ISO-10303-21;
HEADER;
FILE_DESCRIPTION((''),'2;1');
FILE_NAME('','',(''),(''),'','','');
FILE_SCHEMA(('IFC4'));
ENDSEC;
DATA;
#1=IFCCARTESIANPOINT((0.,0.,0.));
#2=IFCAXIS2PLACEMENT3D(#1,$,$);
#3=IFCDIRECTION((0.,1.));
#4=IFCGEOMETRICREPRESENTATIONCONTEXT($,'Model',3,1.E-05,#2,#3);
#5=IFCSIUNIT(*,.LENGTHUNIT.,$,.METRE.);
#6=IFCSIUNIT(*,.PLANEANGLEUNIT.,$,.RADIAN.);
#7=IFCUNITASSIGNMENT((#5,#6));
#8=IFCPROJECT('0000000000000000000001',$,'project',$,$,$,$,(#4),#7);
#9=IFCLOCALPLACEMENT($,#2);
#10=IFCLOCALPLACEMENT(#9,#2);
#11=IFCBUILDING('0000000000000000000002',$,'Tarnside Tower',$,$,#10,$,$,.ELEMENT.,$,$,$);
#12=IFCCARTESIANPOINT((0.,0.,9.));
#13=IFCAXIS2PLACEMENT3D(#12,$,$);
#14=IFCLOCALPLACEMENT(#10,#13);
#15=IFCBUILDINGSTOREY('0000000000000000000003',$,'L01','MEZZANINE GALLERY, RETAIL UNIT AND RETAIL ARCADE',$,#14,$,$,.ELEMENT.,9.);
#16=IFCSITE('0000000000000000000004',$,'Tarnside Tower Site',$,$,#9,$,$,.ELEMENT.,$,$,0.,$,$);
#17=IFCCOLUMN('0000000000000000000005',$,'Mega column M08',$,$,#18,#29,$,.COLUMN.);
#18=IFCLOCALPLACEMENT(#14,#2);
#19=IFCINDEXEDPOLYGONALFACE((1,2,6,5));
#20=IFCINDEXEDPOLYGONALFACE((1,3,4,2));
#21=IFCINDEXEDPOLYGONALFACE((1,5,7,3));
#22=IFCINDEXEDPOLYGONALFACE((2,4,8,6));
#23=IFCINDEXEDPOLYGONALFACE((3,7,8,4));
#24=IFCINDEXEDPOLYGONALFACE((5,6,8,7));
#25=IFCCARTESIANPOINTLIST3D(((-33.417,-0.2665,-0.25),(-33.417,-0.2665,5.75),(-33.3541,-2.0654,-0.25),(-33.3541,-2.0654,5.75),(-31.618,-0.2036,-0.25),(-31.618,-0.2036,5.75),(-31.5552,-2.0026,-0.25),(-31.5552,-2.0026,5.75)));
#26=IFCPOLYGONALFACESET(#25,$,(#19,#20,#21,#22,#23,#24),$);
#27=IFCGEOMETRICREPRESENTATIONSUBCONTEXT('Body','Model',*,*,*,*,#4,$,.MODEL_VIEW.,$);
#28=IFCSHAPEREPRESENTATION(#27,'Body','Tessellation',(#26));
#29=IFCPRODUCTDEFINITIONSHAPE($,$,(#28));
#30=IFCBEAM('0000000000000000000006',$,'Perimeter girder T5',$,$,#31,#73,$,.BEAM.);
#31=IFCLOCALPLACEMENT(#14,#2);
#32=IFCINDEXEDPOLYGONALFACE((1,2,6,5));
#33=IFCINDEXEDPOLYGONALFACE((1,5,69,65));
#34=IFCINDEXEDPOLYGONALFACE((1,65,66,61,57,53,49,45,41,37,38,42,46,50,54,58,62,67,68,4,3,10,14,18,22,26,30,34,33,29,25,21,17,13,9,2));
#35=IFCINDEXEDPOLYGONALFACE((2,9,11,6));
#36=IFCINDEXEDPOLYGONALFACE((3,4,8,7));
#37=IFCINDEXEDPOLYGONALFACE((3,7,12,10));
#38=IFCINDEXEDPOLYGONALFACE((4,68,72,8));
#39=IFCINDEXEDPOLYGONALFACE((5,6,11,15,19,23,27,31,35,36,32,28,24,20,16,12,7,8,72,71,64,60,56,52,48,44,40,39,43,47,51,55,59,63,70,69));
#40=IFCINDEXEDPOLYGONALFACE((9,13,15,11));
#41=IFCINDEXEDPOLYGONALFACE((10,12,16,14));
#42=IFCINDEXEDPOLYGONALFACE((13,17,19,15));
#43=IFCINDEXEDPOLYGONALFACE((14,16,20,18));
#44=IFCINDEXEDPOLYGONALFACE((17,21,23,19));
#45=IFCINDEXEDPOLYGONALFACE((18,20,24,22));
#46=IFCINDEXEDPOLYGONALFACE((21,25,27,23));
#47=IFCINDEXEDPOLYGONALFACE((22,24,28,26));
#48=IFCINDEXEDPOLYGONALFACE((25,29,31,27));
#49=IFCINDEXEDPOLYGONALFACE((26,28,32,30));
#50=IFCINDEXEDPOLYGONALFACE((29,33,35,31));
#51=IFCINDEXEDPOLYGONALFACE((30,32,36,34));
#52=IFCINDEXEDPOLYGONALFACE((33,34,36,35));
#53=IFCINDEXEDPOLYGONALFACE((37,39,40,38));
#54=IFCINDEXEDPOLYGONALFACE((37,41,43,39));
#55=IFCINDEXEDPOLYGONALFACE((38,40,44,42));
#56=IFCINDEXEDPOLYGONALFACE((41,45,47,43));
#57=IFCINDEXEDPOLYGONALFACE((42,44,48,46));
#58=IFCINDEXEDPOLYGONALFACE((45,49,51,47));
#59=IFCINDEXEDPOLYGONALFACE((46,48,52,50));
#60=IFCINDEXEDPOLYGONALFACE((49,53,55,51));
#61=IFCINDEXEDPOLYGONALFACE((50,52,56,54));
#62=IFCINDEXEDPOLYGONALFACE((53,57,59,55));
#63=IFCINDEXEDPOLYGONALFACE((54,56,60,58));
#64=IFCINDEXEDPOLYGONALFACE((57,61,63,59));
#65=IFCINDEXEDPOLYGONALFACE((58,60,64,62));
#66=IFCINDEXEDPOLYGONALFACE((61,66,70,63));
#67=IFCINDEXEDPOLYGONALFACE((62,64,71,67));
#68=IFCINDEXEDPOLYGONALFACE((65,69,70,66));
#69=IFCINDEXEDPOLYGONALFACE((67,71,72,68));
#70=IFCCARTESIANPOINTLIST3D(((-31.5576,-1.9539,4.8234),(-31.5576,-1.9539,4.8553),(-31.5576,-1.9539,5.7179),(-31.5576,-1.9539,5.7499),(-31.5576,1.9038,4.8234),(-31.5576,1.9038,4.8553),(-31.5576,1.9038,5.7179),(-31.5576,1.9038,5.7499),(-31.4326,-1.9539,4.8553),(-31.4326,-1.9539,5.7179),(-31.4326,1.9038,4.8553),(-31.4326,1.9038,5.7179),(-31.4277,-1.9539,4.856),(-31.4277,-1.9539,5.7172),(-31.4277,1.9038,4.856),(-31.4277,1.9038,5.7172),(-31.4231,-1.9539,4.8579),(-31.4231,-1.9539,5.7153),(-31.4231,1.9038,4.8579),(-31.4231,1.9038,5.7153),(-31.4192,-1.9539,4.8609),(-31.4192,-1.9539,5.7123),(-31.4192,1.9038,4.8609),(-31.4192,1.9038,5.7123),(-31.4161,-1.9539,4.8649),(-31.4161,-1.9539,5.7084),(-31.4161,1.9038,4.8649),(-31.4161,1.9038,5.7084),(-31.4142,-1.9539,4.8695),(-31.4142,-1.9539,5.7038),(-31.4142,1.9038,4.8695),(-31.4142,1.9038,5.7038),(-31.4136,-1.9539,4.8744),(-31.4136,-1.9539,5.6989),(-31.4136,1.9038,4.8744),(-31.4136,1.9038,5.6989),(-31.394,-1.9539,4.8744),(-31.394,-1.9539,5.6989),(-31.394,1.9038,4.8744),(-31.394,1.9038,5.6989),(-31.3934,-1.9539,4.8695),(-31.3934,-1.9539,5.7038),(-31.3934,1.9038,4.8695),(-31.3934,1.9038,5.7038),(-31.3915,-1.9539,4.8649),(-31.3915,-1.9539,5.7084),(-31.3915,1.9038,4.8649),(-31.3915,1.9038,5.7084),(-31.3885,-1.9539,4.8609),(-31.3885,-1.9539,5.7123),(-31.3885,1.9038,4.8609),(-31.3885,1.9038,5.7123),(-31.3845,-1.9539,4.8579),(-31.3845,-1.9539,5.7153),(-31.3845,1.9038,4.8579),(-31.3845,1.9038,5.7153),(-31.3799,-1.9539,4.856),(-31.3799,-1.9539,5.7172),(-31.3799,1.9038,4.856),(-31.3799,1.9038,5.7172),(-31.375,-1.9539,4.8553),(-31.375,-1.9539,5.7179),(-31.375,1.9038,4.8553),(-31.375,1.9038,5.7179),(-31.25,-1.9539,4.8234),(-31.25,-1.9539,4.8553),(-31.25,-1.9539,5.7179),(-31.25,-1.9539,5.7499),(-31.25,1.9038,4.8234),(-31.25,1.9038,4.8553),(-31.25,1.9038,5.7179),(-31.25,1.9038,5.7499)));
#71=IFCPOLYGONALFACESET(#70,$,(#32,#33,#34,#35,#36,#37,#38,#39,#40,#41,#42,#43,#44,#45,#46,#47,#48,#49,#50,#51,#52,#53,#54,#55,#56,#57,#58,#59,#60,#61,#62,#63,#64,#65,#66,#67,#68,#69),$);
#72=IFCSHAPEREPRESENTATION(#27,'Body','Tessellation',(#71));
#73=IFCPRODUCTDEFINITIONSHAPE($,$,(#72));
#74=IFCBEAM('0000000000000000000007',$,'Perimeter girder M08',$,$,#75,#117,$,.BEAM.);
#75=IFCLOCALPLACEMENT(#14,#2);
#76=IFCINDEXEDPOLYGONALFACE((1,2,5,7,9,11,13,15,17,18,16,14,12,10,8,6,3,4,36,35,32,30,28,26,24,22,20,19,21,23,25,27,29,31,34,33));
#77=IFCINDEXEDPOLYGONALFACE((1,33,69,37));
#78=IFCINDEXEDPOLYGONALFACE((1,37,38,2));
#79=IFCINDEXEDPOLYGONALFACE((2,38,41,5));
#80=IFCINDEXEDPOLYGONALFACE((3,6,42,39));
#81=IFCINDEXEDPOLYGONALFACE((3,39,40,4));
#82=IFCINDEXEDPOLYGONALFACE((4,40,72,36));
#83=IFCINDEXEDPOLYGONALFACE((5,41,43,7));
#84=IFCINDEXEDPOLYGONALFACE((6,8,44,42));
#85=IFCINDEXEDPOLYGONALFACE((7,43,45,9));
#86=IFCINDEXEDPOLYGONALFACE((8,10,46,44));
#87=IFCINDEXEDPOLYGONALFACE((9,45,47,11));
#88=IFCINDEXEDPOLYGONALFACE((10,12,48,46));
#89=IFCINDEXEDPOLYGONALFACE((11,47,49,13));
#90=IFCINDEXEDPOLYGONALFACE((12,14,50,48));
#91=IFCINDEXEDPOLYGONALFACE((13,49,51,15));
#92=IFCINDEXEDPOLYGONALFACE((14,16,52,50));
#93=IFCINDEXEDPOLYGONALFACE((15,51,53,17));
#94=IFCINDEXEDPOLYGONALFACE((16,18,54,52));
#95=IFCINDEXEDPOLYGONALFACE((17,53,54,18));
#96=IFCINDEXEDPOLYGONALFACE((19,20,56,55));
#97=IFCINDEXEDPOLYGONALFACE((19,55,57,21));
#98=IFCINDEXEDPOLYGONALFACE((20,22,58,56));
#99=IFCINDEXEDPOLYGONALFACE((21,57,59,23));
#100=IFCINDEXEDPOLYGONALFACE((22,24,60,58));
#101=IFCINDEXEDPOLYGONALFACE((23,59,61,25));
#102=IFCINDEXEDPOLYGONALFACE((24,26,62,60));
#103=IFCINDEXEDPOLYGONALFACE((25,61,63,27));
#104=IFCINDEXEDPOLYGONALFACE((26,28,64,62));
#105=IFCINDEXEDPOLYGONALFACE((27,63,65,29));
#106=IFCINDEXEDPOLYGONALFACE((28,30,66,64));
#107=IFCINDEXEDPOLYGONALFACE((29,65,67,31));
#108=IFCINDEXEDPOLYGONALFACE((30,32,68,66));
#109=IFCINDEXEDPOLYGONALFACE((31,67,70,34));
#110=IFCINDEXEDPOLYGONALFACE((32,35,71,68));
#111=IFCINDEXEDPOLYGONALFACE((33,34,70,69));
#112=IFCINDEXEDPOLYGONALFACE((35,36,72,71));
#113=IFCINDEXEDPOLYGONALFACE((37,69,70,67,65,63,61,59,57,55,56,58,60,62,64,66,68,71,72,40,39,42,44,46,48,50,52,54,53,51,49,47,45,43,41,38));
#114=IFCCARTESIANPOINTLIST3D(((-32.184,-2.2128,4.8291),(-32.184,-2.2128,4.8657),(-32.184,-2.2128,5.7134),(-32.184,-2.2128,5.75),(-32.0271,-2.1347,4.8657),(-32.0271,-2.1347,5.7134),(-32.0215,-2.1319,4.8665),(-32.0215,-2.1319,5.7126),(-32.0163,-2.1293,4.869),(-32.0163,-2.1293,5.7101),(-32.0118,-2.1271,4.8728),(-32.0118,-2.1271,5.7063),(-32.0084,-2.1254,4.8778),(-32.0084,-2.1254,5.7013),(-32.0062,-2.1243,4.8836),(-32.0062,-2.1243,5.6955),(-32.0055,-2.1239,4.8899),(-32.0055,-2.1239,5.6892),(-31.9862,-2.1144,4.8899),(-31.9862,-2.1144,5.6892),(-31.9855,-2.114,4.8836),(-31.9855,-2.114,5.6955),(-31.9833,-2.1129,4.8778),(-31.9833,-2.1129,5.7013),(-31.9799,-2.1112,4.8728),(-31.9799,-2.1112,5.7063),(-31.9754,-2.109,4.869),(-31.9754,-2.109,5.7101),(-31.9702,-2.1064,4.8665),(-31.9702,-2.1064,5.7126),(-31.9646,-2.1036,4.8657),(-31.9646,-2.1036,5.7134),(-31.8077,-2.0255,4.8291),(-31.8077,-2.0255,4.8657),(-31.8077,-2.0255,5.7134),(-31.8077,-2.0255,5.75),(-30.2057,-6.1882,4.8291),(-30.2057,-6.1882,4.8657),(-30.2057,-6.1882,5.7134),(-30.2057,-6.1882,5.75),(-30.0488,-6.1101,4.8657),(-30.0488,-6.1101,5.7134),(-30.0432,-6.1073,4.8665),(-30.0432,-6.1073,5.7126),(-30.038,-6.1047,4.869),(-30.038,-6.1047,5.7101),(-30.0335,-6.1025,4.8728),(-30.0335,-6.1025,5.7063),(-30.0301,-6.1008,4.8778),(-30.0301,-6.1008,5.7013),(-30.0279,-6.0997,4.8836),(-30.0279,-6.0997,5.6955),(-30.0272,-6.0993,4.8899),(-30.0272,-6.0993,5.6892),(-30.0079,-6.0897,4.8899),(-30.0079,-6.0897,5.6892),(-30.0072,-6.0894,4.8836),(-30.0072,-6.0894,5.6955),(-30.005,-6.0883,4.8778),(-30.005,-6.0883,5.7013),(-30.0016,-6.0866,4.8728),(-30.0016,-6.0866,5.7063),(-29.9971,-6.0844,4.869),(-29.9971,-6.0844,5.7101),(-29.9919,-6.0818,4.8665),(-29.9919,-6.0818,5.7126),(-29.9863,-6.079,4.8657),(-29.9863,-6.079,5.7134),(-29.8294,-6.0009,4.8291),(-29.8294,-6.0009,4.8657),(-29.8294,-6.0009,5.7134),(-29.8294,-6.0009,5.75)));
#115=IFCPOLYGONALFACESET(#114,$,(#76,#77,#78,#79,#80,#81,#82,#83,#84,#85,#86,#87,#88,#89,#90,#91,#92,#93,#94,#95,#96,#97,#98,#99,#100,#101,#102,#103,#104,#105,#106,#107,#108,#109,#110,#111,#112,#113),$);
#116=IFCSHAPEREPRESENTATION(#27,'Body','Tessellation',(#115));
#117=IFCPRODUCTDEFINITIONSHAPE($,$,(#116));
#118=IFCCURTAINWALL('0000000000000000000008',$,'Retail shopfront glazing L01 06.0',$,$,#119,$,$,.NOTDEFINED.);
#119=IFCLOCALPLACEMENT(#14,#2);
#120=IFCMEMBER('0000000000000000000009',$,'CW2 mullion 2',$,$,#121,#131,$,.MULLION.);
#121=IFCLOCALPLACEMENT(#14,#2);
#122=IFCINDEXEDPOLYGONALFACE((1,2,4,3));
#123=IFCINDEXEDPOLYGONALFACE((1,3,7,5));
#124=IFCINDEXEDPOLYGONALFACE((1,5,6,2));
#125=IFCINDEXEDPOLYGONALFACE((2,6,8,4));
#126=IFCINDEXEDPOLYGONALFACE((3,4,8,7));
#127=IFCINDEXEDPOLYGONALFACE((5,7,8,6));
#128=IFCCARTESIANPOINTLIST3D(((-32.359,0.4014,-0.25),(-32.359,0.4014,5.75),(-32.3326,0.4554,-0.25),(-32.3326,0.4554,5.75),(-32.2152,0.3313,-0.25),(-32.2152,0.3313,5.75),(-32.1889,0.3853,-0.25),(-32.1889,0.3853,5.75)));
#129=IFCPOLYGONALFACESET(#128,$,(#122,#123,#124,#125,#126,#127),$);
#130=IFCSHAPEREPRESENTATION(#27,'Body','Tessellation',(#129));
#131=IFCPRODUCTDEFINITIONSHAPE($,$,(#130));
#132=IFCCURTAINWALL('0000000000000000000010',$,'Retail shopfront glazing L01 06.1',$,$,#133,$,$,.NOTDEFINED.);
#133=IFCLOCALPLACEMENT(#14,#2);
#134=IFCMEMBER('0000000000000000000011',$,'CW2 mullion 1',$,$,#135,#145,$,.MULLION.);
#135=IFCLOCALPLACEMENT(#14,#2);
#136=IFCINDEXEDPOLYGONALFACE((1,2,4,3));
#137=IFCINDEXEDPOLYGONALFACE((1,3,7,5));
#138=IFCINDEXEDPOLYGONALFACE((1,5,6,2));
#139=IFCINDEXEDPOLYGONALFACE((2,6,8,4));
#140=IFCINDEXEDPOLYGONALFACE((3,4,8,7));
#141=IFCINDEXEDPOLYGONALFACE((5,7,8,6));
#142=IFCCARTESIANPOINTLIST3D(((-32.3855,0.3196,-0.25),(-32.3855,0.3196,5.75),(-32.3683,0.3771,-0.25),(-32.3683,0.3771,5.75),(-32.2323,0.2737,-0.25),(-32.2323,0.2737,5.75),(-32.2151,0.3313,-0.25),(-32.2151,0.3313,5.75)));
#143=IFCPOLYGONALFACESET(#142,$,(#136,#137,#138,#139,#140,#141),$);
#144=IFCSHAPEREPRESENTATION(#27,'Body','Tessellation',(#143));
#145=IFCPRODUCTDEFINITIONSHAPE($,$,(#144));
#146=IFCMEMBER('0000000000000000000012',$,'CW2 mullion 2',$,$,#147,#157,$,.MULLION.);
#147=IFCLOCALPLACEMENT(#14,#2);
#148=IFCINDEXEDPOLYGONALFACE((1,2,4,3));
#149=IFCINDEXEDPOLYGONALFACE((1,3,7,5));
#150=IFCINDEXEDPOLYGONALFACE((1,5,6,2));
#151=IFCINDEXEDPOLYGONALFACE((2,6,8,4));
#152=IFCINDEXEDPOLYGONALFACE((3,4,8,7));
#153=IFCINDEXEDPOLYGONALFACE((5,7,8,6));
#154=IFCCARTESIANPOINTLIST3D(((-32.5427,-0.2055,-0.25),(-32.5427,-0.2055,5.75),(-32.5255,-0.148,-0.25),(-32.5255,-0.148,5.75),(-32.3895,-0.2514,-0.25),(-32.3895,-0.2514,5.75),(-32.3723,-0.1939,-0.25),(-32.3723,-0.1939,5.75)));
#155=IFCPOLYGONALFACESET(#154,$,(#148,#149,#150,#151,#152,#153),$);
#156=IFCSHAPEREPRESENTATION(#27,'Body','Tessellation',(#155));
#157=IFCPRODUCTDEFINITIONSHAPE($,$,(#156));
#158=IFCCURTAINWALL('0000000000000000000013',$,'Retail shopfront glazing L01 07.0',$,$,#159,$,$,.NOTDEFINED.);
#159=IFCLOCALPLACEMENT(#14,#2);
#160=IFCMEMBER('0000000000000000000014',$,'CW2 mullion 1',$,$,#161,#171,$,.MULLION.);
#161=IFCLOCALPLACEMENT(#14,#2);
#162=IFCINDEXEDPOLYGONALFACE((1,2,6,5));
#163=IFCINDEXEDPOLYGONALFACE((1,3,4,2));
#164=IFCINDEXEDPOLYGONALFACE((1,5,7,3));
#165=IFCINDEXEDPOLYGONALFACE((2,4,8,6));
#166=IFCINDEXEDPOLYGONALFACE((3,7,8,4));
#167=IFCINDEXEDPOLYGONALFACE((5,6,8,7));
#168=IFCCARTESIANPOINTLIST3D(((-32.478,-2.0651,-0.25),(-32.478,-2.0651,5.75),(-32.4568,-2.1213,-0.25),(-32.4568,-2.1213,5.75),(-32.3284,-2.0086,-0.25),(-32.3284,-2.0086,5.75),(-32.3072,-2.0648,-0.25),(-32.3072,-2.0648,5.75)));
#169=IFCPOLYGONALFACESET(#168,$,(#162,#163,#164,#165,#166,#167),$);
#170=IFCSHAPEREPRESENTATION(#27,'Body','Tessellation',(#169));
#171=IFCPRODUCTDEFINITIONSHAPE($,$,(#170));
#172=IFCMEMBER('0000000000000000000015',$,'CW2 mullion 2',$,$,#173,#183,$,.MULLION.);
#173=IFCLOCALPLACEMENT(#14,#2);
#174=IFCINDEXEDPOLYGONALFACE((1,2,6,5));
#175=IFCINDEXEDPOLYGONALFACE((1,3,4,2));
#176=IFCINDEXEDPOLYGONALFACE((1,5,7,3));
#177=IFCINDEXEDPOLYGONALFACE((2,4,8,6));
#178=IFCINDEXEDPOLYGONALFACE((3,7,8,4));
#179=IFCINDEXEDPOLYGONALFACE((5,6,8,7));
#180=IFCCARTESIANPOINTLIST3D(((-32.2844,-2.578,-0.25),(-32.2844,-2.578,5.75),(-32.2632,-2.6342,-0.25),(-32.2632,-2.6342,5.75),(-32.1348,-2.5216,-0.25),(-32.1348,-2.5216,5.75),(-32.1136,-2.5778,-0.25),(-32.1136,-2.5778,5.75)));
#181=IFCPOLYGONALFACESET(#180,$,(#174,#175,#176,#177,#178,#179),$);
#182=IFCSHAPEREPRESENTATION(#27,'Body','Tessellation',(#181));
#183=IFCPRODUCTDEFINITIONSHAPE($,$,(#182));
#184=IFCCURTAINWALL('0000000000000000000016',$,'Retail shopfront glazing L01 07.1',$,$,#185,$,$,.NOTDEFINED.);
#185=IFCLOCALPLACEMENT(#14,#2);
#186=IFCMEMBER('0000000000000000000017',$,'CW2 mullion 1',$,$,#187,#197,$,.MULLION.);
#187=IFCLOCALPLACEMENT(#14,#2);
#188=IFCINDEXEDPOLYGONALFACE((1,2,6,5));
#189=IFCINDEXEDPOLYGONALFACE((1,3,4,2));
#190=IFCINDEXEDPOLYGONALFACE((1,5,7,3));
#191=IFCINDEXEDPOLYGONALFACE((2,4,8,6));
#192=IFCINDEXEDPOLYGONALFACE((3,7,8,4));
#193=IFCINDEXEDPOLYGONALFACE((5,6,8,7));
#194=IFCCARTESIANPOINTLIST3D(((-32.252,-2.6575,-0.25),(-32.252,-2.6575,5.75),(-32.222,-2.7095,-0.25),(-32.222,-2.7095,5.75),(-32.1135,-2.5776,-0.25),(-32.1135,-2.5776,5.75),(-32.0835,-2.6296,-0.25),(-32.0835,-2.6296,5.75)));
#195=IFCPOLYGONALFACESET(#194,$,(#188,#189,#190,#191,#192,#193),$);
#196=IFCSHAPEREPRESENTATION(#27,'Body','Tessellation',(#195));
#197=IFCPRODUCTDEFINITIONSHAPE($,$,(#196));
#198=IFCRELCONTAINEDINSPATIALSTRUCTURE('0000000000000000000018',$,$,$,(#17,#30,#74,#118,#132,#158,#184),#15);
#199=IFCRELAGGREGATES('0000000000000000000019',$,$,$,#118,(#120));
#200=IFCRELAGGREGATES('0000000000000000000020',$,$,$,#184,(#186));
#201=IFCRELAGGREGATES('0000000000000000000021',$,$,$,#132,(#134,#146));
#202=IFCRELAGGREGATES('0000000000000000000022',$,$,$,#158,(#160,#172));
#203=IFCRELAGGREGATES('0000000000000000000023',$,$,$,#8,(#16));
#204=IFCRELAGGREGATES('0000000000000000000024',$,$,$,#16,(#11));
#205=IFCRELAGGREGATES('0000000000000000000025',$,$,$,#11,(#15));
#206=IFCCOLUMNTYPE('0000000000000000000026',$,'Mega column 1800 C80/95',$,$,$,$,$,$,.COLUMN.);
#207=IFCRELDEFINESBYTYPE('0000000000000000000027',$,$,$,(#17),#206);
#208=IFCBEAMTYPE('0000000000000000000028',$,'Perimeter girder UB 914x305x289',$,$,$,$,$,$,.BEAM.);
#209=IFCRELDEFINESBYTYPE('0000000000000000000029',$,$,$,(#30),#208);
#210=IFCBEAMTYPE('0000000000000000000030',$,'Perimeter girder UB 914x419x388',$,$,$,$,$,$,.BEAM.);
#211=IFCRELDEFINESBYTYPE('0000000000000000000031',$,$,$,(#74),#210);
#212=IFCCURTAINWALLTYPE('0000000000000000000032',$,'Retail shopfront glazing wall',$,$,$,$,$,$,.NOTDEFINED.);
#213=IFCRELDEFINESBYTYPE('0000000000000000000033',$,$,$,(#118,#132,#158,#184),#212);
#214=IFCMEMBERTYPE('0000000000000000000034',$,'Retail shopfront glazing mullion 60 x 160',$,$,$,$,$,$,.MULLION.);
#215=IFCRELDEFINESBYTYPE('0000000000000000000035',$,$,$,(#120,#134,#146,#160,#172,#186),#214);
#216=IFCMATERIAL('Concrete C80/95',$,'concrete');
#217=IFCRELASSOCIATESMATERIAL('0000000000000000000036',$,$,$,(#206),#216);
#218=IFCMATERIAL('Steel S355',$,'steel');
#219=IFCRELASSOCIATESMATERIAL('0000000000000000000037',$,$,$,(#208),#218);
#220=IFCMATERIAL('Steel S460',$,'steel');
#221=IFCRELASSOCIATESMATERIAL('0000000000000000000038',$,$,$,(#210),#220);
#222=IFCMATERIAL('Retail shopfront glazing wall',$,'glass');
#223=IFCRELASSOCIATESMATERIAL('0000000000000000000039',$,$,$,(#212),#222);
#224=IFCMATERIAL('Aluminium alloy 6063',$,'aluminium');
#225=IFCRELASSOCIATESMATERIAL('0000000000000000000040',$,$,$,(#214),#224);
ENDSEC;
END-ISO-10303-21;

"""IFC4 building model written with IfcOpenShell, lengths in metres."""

from ifc_helpers import new_model, si_unit, direction, frame, origin, origin_2d, place, context, subcontext, project, spatial, rectangle, i_section, extrude, material, material_profile, profile_set, type_object, element, aggregate, save


model = new_model("IFC4")

# Units and contexts
model_context = context("Model", 3, precision=1e-05, world=origin(), true_north=direction((0.0, 1.0)))
body_context = subcontext(model_context, "Body", "Model", "MODEL_VIEW")
ifc_project = project(units=[si_unit("LENGTHUNIT", "METRE"), si_unit("PLANEANGLEUNIT", "RADIAN")], contexts=[model_context])

# Site, building, storey
site_placement = place(None, origin())
site = spatial("IfcSite", under=ifc_project, at=site_placement, Name="Tarnside Tower Site", CompositionType="ELEMENT", RefElevation=0.0)
building_placement = place(site_placement, origin())
building = spatial("IfcBuilding", under=site, at=building_placement, Name="Tarnside Tower", CompositionType="ELEMENT")
storey_placement = place(building_placement, frame((0.0, 0.0, 9.0)))
storey = spatial("IfcBuildingStorey", under=building, at=storey_placement, Name="L01", Description="MEZZANINE GALLERY, RETAIL UNIT AND RETAIL ARCADE", CompositionType="ELEMENT", Elevation=9.0)

# Column
ifc_material_1 = material(Name="Concrete C80/95", Category="concrete")
ifc_material_profile_1 = material_profile(ifc_material_1, rectangle(XDim=1.8, YDim=1.8, at=origin_2d()), Name="Mega column 1800x1800")
ifc_profile_set_1 = profile_set([ifc_material_profile_1], Name="Concrete C80/95")
column_type = type_object("IfcColumnType", Name="Mega column 1800 C80/95", PredefinedType="COLUMN", material=ifc_profile_set_1)
column_placement = place(storey_placement, frame((-32.4861, -1.1345, -0.25), z_axis=(0.0, 0.0, 1.0), x_axis=(-0.034899, 0.999391, 0.0)))
element("IfcColumn", 1, at=column_placement, inside=storey, type_object=column_type, Name="Mega column M08", PredefinedType="COLUMN", context=body_context, shape_type="SweptSolid", body=[
    extrude(rectangle(XDim=1.8, YDim=1.8, at=origin_2d()), origin(), (0.0, 0.0, 1.0), 6.0),
])

# Beams
ifc_material_2 = material(Name="Steel S355", Category="steel")
ifc_material_profile_2 = material_profile(ifc_material_2, i_section(OverallWidth=0.3076, OverallDepth=0.9265, WebThickness=0.0195, FlangeThickness=0.032, FilletRadius=0.019, at=origin_2d()), Name="UB 914x305x289")
ifc_profile_set_2 = profile_set([ifc_material_profile_2], Name="Steel S355")
beam_type_1 = type_object("IfcBeamType", Name="Perimeter girder UB 914x305x289", PredefinedType="BEAM", material=ifc_profile_set_2)
beam_1_placement = place(storey_placement, frame((-31.4038, -1.9539, 5.2866), z_axis=(0.0, 1.0, 0.0), x_axis=(-1.0, 0.0, 0.0)))
element("IfcBeam", 2, at=beam_1_placement, inside=storey, type_object=beam_type_1, Name="Perimeter girder T5", PredefinedType="BEAM", context=body_context, shape_type="SweptSolid", body=[
    extrude(i_section(OverallWidth=0.3076, OverallDepth=0.9265, WebThickness=0.0195, FlangeThickness=0.032, FilletRadius=0.019, at=origin_2d()), origin(), (0.0, 0.0, 1.0), 3.8577),
])
ifc_material_3 = material(Name="Steel S460", Category="steel")
ifc_material_profile_3 = material_profile(ifc_material_3, i_section(OverallWidth=0.4204, OverallDepth=0.9209, WebThickness=0.0215, FlangeThickness=0.0366, FilletRadius=0.0242, at=origin_2d()), Name="UB 914x419x388")
ifc_profile_set_3 = profile_set([ifc_material_profile_3], Name="Steel S460")
beam_type_2 = type_object("IfcBeamType", Name="Perimeter girder UB 914x419x388", PredefinedType="BEAM", material=ifc_profile_set_3)
beam_2_placement = place(storey_placement, frame((-31.9958, -2.1191, 5.2896), z_axis=(0.445519, -0.895272, 0.0), x_axis=(0.895272, 0.445519, 0.0)))
element("IfcBeam", 3, at=beam_2_placement, inside=storey, type_object=beam_type_2, Name="Perimeter girder M08", PredefinedType="BEAM", context=body_context, shape_type="SweptSolid", body=[
    extrude(i_section(OverallWidth=0.4204, OverallDepth=0.9209, WebThickness=0.0215, FlangeThickness=0.0366, FilletRadius=0.0242, at=origin_2d()), origin(), (0.0, 0.0, 1.0), 4.4404),
])

# Curtain wall, member
ifc_material_4 = material(Name="Retail shopfront glazing wall", Category="glass")
curtain_wall_type = type_object("IfcCurtainWallType", Name="Retail shopfront glazing wall", PredefinedType="NOTDEFINED", material=ifc_material_4)
curtain_wall_1_placement = place(storey_placement, origin())
curtain_wall_1 = element("IfcCurtainWall", 4, at=curtain_wall_1_placement, inside=storey, type_object=curtain_wall_type, Name="Retail shopfront glazing L01 06.0", PredefinedType="NOTDEFINED")
ifc_material_5 = material(Name="Aluminium alloy 6063", Category="aluminium")
ifc_material_profile_4 = material_profile(ifc_material_5, rectangle(XDim=0.1599, YDim=0.0601, at=origin_2d()), Name="Retail shopfront glazing mullion 60 x 160")
ifc_profile_set_4 = profile_set([ifc_material_profile_4], Name="Aluminium alloy 6063")
member_type_1 = type_object("IfcMemberType", Name="Retail shopfront glazing mullion 60 x 160", PredefinedType="MULLION", material=ifc_profile_set_4)
member_1_placement = place(storey_placement, frame((-32.2739, 0.3933, -0.25), z_axis=(0.0, 0.0, 1.0), x_axis=(0.898794, -0.438371, 0.0)))
member_1 = element("IfcMember", 5, at=member_1_placement, type_object=member_type_1, Name="CW2 mullion 2", PredefinedType="MULLION", context=body_context, shape_type="SweptSolid", body=[
    extrude(rectangle(XDim=0.1599, YDim=0.0601, at=origin_2d()), origin(), (0.0, 0.0, 1.0), 6.0),
])
aggregate(curtain_wall_1, [member_1])

# Curtain walls, members
curtain_wall_2_placement = place(storey_placement, origin())
curtain_wall_2 = element("IfcCurtainWall", 6, at=curtain_wall_2_placement, inside=storey, type_object=curtain_wall_type, Name="Retail shopfront glazing L01 06.1", PredefinedType="NOTDEFINED")
member_2_placement = place(storey_placement, frame((-32.3003, 0.3254, -0.25), z_axis=(0.0, 0.0, 1.0), x_axis=(0.95799, -0.286803, 0.0)))
member_2 = element("IfcMember", 7, at=member_2_placement, type_object=member_type_1, Name="CW2 mullion 1", PredefinedType="MULLION", context=body_context, shape_type="SweptSolid", body=[
    extrude(rectangle(XDim=0.1599, YDim=0.0601, at=origin_2d()), origin(), (0.0, 0.0, 1.0), 6.0),
])
member_3_placement = place(storey_placement, frame((-32.4575, -0.1997, -0.25), z_axis=(0.0, 0.0, 1.0), x_axis=(0.95799, -0.286803, 0.0)))
member_3 = element("IfcMember", 8, at=member_3_placement, type_object=member_type_1, Name="CW2 mullion 2", PredefinedType="MULLION", context=body_context, shape_type="SweptSolid", body=[
    extrude(rectangle(XDim=0.1599, YDim=0.0601, at=origin_2d()), origin(), (0.0, 0.0, 1.0), 6.0),
])
curtain_wall_3_placement = place(storey_placement, origin())
curtain_wall_3 = element("IfcCurtainWall", 9, at=curtain_wall_3_placement, inside=storey, type_object=curtain_wall_type, Name="Retail shopfront glazing L01 07.0", PredefinedType="NOTDEFINED")
member_4_placement = place(storey_placement, frame((-32.3926, -2.0649, -0.25), z_axis=(0.0, 0.0, 1.0), x_axis=(0.93565, 0.352931, 0.0)))
member_4 = element("IfcMember", 10, at=member_4_placement, type_object=member_type_1, Name="CW2 mullion 1", PredefinedType="MULLION", context=body_context, shape_type="SweptSolid", body=[
    extrude(rectangle(XDim=0.1599, YDim=0.0601, at=origin_2d()), origin(), (0.0, 0.0, 1.0), 6.0),
])
member_5_placement = place(storey_placement, frame((-32.199, -2.5779, -0.25), z_axis=(0.0, 0.0, 1.0), x_axis=(0.93565, 0.352931, 0.0)))
member_5 = element("IfcMember", 11, at=member_5_placement, type_object=member_type_1, Name="CW2 mullion 2", PredefinedType="MULLION", context=body_context, shape_type="SweptSolid", body=[
    extrude(rectangle(XDim=0.1599, YDim=0.0601, at=origin_2d()), origin(), (0.0, 0.0, 1.0), 6.0),
])

# Curtain wall, member
curtain_wall_4_placement = place(storey_placement, origin())
curtain_wall_4 = element("IfcCurtainWall", 12, at=curtain_wall_4_placement, inside=storey, type_object=curtain_wall_type, Name="Retail shopfront glazing L01 07.1", PredefinedType="NOTDEFINED")
member_6_placement = place(storey_placement, frame((-32.1677, -2.6436, -0.25), z_axis=(0.0, 0.0, 1.0), x_axis=(0.866025, 0.5, 0.0)))
member_6 = element("IfcMember", 13, at=member_6_placement, type_object=member_type_1, Name="CW2 mullion 1", PredefinedType="MULLION", context=body_context, shape_type="SweptSolid", body=[
    extrude(rectangle(XDim=0.1599, YDim=0.0601, at=origin_2d()), origin(), (0.0, 0.0, 1.0), 6.0),
])

aggregate(curtain_wall_4, [member_6])

aggregate(curtain_wall_2, [member_2, member_3])
aggregate(curtain_wall_3, [member_4, member_5])

save(model, "model.ifc")
